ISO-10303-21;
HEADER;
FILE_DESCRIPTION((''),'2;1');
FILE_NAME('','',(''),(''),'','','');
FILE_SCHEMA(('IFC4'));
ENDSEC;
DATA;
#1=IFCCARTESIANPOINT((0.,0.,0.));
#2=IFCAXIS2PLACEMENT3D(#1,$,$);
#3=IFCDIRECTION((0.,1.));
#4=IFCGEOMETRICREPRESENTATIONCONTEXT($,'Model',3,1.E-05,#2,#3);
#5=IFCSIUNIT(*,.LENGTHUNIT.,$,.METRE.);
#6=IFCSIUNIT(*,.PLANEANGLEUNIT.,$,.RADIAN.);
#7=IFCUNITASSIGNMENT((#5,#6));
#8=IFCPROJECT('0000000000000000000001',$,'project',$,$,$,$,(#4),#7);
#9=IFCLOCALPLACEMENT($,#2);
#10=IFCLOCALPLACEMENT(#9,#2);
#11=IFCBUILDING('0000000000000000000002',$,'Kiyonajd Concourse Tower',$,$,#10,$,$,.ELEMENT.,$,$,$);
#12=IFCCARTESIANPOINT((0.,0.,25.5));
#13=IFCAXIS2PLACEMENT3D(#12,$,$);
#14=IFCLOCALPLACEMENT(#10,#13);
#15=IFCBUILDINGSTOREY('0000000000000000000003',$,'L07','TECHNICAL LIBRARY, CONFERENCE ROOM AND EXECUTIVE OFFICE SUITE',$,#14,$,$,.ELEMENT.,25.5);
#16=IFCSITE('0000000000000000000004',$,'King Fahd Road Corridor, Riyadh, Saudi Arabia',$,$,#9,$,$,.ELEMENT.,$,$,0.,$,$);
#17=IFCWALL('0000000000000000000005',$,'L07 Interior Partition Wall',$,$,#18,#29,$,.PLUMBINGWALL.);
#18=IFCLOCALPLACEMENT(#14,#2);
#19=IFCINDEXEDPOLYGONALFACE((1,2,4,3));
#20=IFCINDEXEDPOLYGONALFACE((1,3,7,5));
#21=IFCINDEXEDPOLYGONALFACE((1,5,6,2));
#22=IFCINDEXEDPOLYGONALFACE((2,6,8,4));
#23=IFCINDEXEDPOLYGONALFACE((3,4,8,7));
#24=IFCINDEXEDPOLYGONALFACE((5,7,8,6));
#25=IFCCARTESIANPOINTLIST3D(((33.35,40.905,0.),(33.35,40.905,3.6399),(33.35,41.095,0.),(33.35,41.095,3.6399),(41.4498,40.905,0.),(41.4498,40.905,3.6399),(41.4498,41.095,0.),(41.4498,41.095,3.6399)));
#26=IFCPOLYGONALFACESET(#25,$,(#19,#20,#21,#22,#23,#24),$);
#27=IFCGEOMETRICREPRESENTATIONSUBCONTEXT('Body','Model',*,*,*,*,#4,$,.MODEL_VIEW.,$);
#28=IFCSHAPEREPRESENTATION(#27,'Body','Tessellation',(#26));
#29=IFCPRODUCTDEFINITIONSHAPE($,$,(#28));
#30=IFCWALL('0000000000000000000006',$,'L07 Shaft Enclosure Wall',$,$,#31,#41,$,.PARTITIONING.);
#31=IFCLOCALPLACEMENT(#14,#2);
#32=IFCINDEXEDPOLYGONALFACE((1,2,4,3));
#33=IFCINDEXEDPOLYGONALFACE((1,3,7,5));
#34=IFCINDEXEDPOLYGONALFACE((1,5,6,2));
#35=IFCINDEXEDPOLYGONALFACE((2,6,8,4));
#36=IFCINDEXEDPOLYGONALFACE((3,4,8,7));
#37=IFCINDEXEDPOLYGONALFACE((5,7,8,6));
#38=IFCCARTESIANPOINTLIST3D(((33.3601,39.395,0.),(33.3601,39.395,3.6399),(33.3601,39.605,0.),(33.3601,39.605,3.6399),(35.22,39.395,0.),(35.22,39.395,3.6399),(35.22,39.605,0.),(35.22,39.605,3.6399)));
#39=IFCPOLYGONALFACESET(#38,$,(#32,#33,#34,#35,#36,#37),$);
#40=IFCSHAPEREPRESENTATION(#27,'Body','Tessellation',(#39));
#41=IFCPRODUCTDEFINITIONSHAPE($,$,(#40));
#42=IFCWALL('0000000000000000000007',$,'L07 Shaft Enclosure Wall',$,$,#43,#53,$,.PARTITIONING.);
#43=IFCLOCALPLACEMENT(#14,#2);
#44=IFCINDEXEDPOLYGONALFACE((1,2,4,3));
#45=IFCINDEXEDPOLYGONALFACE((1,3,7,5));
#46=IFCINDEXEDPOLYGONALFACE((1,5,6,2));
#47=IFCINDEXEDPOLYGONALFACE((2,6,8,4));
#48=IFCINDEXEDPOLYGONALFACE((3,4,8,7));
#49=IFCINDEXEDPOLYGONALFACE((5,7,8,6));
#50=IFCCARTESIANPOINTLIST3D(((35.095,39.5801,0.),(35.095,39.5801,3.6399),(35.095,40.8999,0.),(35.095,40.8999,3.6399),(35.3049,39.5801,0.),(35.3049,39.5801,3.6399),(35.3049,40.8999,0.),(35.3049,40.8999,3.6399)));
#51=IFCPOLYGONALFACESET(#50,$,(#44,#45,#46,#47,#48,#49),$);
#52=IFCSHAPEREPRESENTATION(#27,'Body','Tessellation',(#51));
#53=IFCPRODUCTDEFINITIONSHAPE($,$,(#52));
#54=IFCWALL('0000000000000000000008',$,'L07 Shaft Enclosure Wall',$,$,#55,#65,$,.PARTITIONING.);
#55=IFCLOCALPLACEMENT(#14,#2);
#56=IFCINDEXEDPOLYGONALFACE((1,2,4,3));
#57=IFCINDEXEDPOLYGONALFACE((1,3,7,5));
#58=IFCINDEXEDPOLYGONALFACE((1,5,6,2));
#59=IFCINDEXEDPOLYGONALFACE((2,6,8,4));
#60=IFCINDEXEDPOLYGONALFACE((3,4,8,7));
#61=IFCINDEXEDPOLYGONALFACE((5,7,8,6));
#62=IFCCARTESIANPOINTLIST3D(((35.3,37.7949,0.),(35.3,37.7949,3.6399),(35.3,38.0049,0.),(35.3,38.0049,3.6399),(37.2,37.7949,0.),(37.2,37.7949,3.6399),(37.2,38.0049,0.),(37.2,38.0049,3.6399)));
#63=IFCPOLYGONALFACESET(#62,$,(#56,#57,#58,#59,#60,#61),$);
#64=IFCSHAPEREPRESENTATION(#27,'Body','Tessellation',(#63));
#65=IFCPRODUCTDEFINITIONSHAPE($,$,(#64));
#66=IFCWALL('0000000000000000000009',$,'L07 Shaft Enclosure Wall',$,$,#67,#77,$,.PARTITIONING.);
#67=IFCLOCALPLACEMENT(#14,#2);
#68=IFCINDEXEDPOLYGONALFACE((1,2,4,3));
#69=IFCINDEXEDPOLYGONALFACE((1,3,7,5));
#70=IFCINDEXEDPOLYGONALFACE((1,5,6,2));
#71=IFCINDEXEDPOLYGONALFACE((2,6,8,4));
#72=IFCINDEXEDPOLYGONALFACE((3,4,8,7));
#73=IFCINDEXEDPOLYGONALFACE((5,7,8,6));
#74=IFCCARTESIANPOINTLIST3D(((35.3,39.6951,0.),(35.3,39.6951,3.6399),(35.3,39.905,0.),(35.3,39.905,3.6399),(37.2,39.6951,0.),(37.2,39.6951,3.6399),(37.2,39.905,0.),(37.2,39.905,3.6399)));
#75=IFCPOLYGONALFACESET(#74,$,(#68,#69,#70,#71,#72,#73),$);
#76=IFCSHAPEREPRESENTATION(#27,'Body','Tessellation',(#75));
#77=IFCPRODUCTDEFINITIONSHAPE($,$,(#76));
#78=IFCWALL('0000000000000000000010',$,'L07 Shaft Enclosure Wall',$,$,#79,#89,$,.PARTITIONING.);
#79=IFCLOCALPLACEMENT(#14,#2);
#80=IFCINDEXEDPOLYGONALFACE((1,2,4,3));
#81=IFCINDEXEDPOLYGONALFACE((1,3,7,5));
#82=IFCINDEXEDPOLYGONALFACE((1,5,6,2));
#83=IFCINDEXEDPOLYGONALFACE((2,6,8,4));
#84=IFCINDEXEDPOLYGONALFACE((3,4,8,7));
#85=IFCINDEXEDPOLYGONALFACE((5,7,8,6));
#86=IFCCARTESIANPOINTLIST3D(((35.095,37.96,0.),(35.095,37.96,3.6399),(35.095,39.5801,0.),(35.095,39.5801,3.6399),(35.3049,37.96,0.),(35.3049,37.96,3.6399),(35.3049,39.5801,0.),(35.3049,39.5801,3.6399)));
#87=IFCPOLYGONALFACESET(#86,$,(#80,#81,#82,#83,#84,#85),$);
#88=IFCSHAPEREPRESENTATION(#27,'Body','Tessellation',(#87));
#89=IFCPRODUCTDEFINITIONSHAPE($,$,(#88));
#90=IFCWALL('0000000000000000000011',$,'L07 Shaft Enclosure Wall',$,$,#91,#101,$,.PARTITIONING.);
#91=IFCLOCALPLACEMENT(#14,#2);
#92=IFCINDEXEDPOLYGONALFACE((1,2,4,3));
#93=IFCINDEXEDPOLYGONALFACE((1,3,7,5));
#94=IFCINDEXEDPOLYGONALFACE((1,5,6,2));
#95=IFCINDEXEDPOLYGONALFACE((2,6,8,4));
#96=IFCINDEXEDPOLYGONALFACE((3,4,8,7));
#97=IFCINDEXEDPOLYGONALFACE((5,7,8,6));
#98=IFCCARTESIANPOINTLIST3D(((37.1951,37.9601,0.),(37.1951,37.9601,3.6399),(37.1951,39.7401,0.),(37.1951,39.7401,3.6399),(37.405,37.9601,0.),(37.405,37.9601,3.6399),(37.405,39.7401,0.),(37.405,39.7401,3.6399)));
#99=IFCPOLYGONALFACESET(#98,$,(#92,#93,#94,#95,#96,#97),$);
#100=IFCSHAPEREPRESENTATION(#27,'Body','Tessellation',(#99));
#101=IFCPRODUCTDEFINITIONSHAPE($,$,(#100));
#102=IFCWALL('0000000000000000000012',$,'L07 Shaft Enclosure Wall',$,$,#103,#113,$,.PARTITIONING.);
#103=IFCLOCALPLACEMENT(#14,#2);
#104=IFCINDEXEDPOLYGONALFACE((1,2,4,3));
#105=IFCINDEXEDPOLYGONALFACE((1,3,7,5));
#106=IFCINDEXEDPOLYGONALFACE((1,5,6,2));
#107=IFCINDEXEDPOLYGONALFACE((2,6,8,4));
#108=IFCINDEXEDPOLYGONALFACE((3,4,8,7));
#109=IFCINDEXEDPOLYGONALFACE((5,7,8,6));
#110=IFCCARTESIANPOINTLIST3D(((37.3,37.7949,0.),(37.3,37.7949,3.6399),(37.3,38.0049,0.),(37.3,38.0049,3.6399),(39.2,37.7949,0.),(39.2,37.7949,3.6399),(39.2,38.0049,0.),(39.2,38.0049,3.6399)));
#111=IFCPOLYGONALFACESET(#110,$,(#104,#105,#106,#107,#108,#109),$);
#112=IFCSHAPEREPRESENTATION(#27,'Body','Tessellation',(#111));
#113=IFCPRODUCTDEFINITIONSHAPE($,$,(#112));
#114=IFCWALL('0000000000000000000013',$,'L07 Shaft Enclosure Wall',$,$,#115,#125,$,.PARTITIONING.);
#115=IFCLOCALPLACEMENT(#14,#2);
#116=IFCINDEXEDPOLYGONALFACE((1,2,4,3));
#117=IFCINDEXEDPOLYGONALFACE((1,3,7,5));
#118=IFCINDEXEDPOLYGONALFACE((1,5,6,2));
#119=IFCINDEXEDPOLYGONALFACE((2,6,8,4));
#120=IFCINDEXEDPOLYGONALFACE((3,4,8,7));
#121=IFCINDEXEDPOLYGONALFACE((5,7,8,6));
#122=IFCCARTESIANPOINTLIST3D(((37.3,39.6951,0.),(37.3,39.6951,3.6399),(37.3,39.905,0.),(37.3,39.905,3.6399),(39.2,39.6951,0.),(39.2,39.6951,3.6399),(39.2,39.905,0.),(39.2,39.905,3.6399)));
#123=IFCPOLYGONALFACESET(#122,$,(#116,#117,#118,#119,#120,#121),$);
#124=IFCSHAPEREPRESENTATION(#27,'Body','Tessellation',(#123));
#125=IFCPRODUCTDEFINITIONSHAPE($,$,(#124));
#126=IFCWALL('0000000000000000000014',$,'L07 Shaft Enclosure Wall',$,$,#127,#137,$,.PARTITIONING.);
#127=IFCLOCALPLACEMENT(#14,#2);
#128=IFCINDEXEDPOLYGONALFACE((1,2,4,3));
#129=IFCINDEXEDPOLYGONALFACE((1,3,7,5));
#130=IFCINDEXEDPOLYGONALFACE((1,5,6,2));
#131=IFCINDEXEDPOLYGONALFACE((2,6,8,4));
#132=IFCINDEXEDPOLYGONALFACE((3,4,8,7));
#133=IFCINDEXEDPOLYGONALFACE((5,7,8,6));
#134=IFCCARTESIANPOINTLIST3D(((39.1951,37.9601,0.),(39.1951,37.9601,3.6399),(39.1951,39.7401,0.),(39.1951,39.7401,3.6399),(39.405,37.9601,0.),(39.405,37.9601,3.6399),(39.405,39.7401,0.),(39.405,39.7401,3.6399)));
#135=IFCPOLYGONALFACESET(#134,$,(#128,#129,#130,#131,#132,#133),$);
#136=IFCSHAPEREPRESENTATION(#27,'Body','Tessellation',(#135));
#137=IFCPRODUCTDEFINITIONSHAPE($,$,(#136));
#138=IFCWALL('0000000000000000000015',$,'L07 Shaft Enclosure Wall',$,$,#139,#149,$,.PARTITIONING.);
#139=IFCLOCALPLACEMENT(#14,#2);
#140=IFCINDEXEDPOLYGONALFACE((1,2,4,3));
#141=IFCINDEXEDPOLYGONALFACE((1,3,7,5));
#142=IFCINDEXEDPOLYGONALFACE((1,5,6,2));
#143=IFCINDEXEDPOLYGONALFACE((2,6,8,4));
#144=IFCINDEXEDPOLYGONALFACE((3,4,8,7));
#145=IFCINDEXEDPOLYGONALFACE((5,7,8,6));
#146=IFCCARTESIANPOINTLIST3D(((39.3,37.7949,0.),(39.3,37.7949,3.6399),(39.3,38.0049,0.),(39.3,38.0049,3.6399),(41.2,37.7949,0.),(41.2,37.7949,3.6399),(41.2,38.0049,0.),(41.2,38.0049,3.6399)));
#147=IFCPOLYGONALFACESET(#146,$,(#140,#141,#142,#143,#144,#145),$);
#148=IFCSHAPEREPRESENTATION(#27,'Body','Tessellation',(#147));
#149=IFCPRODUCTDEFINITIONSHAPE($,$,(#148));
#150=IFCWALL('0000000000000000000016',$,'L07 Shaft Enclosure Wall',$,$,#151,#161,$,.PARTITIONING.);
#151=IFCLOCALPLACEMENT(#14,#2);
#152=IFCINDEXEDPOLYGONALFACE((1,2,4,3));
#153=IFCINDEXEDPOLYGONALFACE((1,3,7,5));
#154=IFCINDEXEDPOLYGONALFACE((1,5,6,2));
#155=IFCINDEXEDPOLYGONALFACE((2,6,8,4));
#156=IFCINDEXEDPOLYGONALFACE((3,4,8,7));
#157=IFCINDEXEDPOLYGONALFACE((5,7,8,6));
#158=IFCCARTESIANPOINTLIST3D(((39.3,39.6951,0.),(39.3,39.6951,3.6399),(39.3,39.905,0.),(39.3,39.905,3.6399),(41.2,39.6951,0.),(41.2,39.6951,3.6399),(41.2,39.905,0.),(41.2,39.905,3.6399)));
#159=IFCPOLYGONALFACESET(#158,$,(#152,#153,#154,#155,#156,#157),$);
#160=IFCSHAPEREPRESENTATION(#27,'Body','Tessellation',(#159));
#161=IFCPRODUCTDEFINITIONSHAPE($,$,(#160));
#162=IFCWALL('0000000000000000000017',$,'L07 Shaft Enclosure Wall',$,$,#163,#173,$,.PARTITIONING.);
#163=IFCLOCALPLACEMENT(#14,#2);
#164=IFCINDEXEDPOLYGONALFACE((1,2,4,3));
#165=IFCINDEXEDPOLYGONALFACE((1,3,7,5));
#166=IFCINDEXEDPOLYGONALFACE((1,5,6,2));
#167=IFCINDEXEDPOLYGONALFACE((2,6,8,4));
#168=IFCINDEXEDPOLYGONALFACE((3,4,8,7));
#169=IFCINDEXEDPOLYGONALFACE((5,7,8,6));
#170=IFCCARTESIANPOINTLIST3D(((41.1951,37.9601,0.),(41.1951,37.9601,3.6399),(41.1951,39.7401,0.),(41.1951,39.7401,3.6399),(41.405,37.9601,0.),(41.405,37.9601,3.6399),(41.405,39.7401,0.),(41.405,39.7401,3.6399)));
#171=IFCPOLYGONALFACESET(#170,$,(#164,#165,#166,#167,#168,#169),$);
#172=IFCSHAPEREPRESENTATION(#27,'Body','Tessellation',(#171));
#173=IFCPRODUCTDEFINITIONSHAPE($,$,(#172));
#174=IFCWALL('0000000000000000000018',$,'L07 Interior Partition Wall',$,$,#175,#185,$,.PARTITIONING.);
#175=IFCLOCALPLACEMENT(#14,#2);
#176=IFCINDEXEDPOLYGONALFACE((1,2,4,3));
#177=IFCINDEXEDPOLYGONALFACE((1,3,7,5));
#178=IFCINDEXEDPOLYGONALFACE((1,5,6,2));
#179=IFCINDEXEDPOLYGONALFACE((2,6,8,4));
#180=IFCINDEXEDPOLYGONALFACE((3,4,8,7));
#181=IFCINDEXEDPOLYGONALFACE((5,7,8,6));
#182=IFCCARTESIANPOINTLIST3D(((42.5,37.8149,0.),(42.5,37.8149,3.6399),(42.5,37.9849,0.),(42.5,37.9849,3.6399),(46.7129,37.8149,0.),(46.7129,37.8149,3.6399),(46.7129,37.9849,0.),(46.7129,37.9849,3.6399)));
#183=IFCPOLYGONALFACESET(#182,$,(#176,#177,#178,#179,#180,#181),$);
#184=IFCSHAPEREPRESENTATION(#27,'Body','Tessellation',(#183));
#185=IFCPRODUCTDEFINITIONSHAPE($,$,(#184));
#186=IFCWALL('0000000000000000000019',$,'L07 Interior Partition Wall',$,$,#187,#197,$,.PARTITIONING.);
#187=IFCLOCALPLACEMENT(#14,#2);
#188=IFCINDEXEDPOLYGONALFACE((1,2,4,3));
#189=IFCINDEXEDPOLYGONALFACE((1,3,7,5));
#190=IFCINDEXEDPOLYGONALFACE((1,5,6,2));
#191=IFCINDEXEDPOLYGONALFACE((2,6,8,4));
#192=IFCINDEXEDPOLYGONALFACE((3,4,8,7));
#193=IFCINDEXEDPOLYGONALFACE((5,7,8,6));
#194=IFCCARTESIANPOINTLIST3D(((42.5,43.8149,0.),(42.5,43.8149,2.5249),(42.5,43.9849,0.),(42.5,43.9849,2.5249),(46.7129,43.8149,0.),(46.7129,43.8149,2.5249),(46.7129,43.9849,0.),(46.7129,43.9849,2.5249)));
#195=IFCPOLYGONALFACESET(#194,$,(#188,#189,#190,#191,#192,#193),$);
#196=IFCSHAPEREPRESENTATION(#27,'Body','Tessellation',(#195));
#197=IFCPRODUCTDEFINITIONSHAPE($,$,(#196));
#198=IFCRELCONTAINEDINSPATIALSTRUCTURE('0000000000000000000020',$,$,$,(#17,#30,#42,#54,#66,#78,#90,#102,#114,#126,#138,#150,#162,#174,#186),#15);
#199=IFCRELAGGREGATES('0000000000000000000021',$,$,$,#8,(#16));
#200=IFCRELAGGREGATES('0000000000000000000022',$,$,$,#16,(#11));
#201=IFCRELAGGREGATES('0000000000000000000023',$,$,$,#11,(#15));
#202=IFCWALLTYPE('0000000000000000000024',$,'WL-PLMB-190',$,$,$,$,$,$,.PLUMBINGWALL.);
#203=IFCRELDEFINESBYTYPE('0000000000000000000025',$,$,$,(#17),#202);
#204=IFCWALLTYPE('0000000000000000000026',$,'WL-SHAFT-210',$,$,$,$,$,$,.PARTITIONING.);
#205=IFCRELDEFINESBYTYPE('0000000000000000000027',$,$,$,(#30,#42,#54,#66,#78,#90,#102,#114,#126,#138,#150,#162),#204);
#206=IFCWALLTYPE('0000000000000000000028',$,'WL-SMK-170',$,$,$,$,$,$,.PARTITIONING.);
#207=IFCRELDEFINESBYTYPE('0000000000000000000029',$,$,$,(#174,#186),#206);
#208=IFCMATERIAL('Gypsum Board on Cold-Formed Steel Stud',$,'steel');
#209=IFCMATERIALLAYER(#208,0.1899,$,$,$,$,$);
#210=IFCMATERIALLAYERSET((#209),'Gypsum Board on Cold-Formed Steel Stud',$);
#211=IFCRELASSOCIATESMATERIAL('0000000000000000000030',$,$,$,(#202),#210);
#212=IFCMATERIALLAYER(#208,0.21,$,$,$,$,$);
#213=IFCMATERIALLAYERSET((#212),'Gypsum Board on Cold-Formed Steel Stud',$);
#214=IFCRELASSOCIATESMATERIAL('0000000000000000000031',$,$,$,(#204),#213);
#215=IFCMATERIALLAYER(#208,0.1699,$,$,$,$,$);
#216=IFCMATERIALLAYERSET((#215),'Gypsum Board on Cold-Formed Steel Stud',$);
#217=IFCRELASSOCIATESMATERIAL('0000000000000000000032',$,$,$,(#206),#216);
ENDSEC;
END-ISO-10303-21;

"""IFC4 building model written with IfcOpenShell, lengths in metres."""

from ifc_helpers import new_model, si_unit, direction, frame, frame_2d, origin, place, context, subcontext, project, spatial, rectangle, extrude, material, layer, layer_set, type_object, element, save


model = new_model("IFC4")

# Units and contexts
model_context = context("Model", 3, precision=1e-05, world=origin(), true_north=direction((0.0, 1.0)))
body_context = subcontext(model_context, "Body", "Model", "MODEL_VIEW")
ifc_project = project(units=[si_unit("LENGTHUNIT", "METRE"), si_unit("PLANEANGLEUNIT", "RADIAN")], contexts=[model_context])

# Site, building, storey
site_placement = place(None, origin())
site = spatial("IfcSite", under=ifc_project, at=site_placement, Name="King Fahd Road Corridor, Riyadh, Saudi Arabia", CompositionType="ELEMENT", RefElevation=0.0)
building_placement = place(site_placement, origin())
building = spatial("IfcBuilding", under=site, at=building_placement, Name="Kiyonajd Concourse Tower", CompositionType="ELEMENT")
storey_placement = place(building_placement, frame((0.0, 0.0, 25.5)))
storey = spatial("IfcBuildingStorey", under=building, at=storey_placement, Name="L07", Description="TECHNICAL LIBRARY, CONFERENCE ROOM AND EXECUTIVE OFFICE SUITE", CompositionType="ELEMENT", Elevation=25.5)

# Walls
ifc_material_1 = material(Name="Gypsum Board on Cold-Formed Steel Stud", Category="steel")
ifc_layer_1 = layer(ifc_material_1, 0.1899)
ifc_layer_set_1 = layer_set([ifc_layer_1], Name="Gypsum Board on Cold-Formed Steel Stud")
wall_type_1 = type_object("IfcWallType", Name="WL-PLMB-190", PredefinedType="PLUMBINGWALL", material=ifc_layer_set_1)
wall_1_placement = place(storey_placement, frame((33.3501, 41.0, 0.0), z_axis=(0.0, 0.0, 1.0), x_axis=(1.0, 0.0, 0.0)))
element("IfcWall", 1, at=wall_1_placement, inside=storey, type_object=wall_type_1, Name="L07 Interior Partition Wall", PredefinedType="PLUMBINGWALL", context=body_context, shape_type="SweptSolid", body=[
    extrude(rectangle(XDim=8.0999, YDim=0.1899, at=frame_2d((4.0498, 0.0))), origin(), (0.0, 0.0, 1.0), 3.6399),
])
ifc_layer_2 = layer(ifc_material_1, 0.21)
ifc_layer_set_2 = layer_set([ifc_layer_2], Name="Gypsum Board on Cold-Formed Steel Stud")
wall_type_2 = type_object("IfcWallType", Name="WL-SHAFT-210", PredefinedType="PARTITIONING", material=ifc_layer_set_2)
wall_2_placement = place(storey_placement, frame((33.3601, 39.5, 0.0), z_axis=(0.0, 0.0, 1.0), x_axis=(1.0, 0.0, 0.0)))
element("IfcWall", 2, at=wall_2_placement, inside=storey, type_object=wall_type_2, Name="L07 Shaft Enclosure Wall", PredefinedType="PARTITIONING", context=body_context, shape_type="SweptSolid", body=[
    extrude(rectangle(XDim=1.8599, YDim=0.21, at=frame_2d((0.9299, 0.0))), origin(), (0.0, 0.0, 1.0), 3.6399),
])
wall_3_placement = place(storey_placement, frame((35.2, 39.5801, 0.0), z_axis=(0.0, 0.0, 1.0), x_axis=(0.0, 1.0, 0.0)))
element("IfcWall", 3, at=wall_3_placement, inside=storey, type_object=wall_type_2, Name="L07 Shaft Enclosure Wall", PredefinedType="PARTITIONING", context=body_context, shape_type="SweptSolid", body=[
    extrude(rectangle(XDim=1.3198, YDim=0.21, at=frame_2d((0.6599, 0.0))), origin(), (0.0, 0.0, 1.0), 3.6399),
])
for number, where, z_axis, x_axis, name in (
    (4, (35.3, 37.8999, 0.0), (0.0, 0.0, 1.0), (1.0, 0.0, 0.0), "L07 Shaft Enclosure Wall"),
    (5, (35.3, 39.8, 0.0), (0.0, 0.0, 1.0), (1.0, 0.0, 0.0), "L07 Shaft Enclosure Wall"),
):
    element("IfcWall", number, at=place(storey_placement, frame(where, z_axis=z_axis, x_axis=x_axis)), inside=storey, type_object=wall_type_2, Name=name, PredefinedType="PARTITIONING", context=body_context, shape_type="SweptSolid", body=[
        extrude(rectangle(XDim=1.8999, YDim=0.21, at=frame_2d((0.95, 0.0))), origin(), (0.0, 0.0, 1.0), 3.6399),
    ])
wall_4_placement = place(storey_placement, frame((35.2, 37.96, 0.0), z_axis=(0.0, 0.0, 1.0), x_axis=(0.0, 1.0, 0.0)))
element("IfcWall", 6, at=wall_4_placement, inside=storey, type_object=wall_type_2, Name="L07 Shaft Enclosure Wall", PredefinedType="PARTITIONING", context=body_context, shape_type="SweptSolid", body=[
    extrude(rectangle(XDim=1.6201, YDim=0.21, at=frame_2d((0.8101, 0.0))), origin(), (0.0, 0.0, 1.0), 3.6399),
])
wall_5_placement = place(storey_placement, frame((37.3, 37.96, 0.0), z_axis=(0.0, 0.0, 1.0), x_axis=(0.0, 1.0, 0.0)))
element("IfcWall", 7, at=wall_5_placement, inside=storey, type_object=wall_type_2, Name="L07 Shaft Enclosure Wall", PredefinedType="PARTITIONING", context=body_context, shape_type="SweptSolid", body=[
    extrude(rectangle(XDim=1.78, YDim=0.21, at=frame_2d((0.8901, 0.0))), origin(), (0.0, 0.0, 1.0), 3.6399),
])
for number, where, z_axis, x_axis, name in (
    (8, (37.3, 37.8999, 0.0), (0.0, 0.0, 1.0), (1.0, 0.0, 0.0), "L07 Shaft Enclosure Wall"),
    (9, (37.3, 39.8, 0.0), (0.0, 0.0, 1.0), (1.0, 0.0, 0.0), "L07 Shaft Enclosure Wall"),
):
    element("IfcWall", number, at=place(storey_placement, frame(where, z_axis=z_axis, x_axis=x_axis)), inside=storey, type_object=wall_type_2, Name=name, PredefinedType="PARTITIONING", context=body_context, shape_type="SweptSolid", body=[
        extrude(rectangle(XDim=1.8999, YDim=0.21, at=frame_2d((0.95, 0.0))), origin(), (0.0, 0.0, 1.0), 3.6399),
    ])
wall_6_placement = place(storey_placement, frame((39.3, 37.96, 0.0), z_axis=(0.0, 0.0, 1.0), x_axis=(0.0, 1.0, 0.0)))
element("IfcWall", 10, at=wall_6_placement, inside=storey, type_object=wall_type_2, Name="L07 Shaft Enclosure Wall", PredefinedType="PARTITIONING", context=body_context, shape_type="SweptSolid", body=[
    extrude(rectangle(XDim=1.78, YDim=0.21, at=frame_2d((0.8901, 0.0))), origin(), (0.0, 0.0, 1.0), 3.6399),
])
for number, where, z_axis, x_axis, name in (
    (11, (39.3, 37.8999, 0.0), (0.0, 0.0, 1.0), (1.0, 0.0, 0.0), "L07 Shaft Enclosure Wall"),
    (12, (39.3, 39.8, 0.0), (0.0, 0.0, 1.0), (1.0, 0.0, 0.0), "L07 Shaft Enclosure Wall"),
):
    element("IfcWall", number, at=place(storey_placement, frame(where, z_axis=z_axis, x_axis=x_axis)), inside=storey, type_object=wall_type_2, Name=name, PredefinedType="PARTITIONING", context=body_context, shape_type="SweptSolid", body=[
        extrude(rectangle(XDim=1.8999, YDim=0.21, at=frame_2d((0.95, 0.0))), origin(), (0.0, 0.0, 1.0), 3.6399),
    ])
wall_7_placement = place(storey_placement, frame((41.3, 37.96, 0.0), z_axis=(0.0, 0.0, 1.0), x_axis=(0.0, 1.0, 0.0)))
element("IfcWall", 13, at=wall_7_placement, inside=storey, type_object=wall_type_2, Name="L07 Shaft Enclosure Wall", PredefinedType="PARTITIONING", context=body_context, shape_type="SweptSolid", body=[
    extrude(rectangle(XDim=1.78, YDim=0.21, at=frame_2d((0.8901, 0.0))), origin(), (0.0, 0.0, 1.0), 3.6399),
])
ifc_layer_3 = layer(ifc_material_1, 0.1699)
ifc_layer_set_3 = layer_set([ifc_layer_3], Name="Gypsum Board on Cold-Formed Steel Stud")
wall_type_3 = type_object("IfcWallType", Name="WL-SMK-170", PredefinedType="PARTITIONING", material=ifc_layer_set_3)
wall_8_placement = place(storey_placement, frame((42.5, 37.8999, 0.0), z_axis=(0.0, 0.0, 1.0), x_axis=(1.0, 0.0, 0.0)))
element("IfcWall", 14, at=wall_8_placement, inside=storey, type_object=wall_type_3, Name="L07 Interior Partition Wall", PredefinedType="PARTITIONING", context=body_context, shape_type="SweptSolid", body=[
    extrude(rectangle(XDim=4.2129, YDim=0.1699, at=frame_2d((2.1064, 0.0))), origin(), (0.0, 0.0, 1.0), 3.6399),
])
wall_9_placement = place(storey_placement, frame((42.5, 43.8999, 0.0), z_axis=(0.0, 0.0, 1.0), x_axis=(1.0, 0.0, 0.0)))
element("IfcWall", 15, at=wall_9_placement, inside=storey, type_object=wall_type_3, Name="L07 Interior Partition Wall", PredefinedType="PARTITIONING", context=body_context, shape_type="SweptSolid", body=[
    extrude(rectangle(XDim=4.2129, YDim=0.1699, at=frame_2d((2.1064, 0.0))), origin(), (0.0, 0.0, 1.0), 2.5249),
])

save(model, "model.ifc")
